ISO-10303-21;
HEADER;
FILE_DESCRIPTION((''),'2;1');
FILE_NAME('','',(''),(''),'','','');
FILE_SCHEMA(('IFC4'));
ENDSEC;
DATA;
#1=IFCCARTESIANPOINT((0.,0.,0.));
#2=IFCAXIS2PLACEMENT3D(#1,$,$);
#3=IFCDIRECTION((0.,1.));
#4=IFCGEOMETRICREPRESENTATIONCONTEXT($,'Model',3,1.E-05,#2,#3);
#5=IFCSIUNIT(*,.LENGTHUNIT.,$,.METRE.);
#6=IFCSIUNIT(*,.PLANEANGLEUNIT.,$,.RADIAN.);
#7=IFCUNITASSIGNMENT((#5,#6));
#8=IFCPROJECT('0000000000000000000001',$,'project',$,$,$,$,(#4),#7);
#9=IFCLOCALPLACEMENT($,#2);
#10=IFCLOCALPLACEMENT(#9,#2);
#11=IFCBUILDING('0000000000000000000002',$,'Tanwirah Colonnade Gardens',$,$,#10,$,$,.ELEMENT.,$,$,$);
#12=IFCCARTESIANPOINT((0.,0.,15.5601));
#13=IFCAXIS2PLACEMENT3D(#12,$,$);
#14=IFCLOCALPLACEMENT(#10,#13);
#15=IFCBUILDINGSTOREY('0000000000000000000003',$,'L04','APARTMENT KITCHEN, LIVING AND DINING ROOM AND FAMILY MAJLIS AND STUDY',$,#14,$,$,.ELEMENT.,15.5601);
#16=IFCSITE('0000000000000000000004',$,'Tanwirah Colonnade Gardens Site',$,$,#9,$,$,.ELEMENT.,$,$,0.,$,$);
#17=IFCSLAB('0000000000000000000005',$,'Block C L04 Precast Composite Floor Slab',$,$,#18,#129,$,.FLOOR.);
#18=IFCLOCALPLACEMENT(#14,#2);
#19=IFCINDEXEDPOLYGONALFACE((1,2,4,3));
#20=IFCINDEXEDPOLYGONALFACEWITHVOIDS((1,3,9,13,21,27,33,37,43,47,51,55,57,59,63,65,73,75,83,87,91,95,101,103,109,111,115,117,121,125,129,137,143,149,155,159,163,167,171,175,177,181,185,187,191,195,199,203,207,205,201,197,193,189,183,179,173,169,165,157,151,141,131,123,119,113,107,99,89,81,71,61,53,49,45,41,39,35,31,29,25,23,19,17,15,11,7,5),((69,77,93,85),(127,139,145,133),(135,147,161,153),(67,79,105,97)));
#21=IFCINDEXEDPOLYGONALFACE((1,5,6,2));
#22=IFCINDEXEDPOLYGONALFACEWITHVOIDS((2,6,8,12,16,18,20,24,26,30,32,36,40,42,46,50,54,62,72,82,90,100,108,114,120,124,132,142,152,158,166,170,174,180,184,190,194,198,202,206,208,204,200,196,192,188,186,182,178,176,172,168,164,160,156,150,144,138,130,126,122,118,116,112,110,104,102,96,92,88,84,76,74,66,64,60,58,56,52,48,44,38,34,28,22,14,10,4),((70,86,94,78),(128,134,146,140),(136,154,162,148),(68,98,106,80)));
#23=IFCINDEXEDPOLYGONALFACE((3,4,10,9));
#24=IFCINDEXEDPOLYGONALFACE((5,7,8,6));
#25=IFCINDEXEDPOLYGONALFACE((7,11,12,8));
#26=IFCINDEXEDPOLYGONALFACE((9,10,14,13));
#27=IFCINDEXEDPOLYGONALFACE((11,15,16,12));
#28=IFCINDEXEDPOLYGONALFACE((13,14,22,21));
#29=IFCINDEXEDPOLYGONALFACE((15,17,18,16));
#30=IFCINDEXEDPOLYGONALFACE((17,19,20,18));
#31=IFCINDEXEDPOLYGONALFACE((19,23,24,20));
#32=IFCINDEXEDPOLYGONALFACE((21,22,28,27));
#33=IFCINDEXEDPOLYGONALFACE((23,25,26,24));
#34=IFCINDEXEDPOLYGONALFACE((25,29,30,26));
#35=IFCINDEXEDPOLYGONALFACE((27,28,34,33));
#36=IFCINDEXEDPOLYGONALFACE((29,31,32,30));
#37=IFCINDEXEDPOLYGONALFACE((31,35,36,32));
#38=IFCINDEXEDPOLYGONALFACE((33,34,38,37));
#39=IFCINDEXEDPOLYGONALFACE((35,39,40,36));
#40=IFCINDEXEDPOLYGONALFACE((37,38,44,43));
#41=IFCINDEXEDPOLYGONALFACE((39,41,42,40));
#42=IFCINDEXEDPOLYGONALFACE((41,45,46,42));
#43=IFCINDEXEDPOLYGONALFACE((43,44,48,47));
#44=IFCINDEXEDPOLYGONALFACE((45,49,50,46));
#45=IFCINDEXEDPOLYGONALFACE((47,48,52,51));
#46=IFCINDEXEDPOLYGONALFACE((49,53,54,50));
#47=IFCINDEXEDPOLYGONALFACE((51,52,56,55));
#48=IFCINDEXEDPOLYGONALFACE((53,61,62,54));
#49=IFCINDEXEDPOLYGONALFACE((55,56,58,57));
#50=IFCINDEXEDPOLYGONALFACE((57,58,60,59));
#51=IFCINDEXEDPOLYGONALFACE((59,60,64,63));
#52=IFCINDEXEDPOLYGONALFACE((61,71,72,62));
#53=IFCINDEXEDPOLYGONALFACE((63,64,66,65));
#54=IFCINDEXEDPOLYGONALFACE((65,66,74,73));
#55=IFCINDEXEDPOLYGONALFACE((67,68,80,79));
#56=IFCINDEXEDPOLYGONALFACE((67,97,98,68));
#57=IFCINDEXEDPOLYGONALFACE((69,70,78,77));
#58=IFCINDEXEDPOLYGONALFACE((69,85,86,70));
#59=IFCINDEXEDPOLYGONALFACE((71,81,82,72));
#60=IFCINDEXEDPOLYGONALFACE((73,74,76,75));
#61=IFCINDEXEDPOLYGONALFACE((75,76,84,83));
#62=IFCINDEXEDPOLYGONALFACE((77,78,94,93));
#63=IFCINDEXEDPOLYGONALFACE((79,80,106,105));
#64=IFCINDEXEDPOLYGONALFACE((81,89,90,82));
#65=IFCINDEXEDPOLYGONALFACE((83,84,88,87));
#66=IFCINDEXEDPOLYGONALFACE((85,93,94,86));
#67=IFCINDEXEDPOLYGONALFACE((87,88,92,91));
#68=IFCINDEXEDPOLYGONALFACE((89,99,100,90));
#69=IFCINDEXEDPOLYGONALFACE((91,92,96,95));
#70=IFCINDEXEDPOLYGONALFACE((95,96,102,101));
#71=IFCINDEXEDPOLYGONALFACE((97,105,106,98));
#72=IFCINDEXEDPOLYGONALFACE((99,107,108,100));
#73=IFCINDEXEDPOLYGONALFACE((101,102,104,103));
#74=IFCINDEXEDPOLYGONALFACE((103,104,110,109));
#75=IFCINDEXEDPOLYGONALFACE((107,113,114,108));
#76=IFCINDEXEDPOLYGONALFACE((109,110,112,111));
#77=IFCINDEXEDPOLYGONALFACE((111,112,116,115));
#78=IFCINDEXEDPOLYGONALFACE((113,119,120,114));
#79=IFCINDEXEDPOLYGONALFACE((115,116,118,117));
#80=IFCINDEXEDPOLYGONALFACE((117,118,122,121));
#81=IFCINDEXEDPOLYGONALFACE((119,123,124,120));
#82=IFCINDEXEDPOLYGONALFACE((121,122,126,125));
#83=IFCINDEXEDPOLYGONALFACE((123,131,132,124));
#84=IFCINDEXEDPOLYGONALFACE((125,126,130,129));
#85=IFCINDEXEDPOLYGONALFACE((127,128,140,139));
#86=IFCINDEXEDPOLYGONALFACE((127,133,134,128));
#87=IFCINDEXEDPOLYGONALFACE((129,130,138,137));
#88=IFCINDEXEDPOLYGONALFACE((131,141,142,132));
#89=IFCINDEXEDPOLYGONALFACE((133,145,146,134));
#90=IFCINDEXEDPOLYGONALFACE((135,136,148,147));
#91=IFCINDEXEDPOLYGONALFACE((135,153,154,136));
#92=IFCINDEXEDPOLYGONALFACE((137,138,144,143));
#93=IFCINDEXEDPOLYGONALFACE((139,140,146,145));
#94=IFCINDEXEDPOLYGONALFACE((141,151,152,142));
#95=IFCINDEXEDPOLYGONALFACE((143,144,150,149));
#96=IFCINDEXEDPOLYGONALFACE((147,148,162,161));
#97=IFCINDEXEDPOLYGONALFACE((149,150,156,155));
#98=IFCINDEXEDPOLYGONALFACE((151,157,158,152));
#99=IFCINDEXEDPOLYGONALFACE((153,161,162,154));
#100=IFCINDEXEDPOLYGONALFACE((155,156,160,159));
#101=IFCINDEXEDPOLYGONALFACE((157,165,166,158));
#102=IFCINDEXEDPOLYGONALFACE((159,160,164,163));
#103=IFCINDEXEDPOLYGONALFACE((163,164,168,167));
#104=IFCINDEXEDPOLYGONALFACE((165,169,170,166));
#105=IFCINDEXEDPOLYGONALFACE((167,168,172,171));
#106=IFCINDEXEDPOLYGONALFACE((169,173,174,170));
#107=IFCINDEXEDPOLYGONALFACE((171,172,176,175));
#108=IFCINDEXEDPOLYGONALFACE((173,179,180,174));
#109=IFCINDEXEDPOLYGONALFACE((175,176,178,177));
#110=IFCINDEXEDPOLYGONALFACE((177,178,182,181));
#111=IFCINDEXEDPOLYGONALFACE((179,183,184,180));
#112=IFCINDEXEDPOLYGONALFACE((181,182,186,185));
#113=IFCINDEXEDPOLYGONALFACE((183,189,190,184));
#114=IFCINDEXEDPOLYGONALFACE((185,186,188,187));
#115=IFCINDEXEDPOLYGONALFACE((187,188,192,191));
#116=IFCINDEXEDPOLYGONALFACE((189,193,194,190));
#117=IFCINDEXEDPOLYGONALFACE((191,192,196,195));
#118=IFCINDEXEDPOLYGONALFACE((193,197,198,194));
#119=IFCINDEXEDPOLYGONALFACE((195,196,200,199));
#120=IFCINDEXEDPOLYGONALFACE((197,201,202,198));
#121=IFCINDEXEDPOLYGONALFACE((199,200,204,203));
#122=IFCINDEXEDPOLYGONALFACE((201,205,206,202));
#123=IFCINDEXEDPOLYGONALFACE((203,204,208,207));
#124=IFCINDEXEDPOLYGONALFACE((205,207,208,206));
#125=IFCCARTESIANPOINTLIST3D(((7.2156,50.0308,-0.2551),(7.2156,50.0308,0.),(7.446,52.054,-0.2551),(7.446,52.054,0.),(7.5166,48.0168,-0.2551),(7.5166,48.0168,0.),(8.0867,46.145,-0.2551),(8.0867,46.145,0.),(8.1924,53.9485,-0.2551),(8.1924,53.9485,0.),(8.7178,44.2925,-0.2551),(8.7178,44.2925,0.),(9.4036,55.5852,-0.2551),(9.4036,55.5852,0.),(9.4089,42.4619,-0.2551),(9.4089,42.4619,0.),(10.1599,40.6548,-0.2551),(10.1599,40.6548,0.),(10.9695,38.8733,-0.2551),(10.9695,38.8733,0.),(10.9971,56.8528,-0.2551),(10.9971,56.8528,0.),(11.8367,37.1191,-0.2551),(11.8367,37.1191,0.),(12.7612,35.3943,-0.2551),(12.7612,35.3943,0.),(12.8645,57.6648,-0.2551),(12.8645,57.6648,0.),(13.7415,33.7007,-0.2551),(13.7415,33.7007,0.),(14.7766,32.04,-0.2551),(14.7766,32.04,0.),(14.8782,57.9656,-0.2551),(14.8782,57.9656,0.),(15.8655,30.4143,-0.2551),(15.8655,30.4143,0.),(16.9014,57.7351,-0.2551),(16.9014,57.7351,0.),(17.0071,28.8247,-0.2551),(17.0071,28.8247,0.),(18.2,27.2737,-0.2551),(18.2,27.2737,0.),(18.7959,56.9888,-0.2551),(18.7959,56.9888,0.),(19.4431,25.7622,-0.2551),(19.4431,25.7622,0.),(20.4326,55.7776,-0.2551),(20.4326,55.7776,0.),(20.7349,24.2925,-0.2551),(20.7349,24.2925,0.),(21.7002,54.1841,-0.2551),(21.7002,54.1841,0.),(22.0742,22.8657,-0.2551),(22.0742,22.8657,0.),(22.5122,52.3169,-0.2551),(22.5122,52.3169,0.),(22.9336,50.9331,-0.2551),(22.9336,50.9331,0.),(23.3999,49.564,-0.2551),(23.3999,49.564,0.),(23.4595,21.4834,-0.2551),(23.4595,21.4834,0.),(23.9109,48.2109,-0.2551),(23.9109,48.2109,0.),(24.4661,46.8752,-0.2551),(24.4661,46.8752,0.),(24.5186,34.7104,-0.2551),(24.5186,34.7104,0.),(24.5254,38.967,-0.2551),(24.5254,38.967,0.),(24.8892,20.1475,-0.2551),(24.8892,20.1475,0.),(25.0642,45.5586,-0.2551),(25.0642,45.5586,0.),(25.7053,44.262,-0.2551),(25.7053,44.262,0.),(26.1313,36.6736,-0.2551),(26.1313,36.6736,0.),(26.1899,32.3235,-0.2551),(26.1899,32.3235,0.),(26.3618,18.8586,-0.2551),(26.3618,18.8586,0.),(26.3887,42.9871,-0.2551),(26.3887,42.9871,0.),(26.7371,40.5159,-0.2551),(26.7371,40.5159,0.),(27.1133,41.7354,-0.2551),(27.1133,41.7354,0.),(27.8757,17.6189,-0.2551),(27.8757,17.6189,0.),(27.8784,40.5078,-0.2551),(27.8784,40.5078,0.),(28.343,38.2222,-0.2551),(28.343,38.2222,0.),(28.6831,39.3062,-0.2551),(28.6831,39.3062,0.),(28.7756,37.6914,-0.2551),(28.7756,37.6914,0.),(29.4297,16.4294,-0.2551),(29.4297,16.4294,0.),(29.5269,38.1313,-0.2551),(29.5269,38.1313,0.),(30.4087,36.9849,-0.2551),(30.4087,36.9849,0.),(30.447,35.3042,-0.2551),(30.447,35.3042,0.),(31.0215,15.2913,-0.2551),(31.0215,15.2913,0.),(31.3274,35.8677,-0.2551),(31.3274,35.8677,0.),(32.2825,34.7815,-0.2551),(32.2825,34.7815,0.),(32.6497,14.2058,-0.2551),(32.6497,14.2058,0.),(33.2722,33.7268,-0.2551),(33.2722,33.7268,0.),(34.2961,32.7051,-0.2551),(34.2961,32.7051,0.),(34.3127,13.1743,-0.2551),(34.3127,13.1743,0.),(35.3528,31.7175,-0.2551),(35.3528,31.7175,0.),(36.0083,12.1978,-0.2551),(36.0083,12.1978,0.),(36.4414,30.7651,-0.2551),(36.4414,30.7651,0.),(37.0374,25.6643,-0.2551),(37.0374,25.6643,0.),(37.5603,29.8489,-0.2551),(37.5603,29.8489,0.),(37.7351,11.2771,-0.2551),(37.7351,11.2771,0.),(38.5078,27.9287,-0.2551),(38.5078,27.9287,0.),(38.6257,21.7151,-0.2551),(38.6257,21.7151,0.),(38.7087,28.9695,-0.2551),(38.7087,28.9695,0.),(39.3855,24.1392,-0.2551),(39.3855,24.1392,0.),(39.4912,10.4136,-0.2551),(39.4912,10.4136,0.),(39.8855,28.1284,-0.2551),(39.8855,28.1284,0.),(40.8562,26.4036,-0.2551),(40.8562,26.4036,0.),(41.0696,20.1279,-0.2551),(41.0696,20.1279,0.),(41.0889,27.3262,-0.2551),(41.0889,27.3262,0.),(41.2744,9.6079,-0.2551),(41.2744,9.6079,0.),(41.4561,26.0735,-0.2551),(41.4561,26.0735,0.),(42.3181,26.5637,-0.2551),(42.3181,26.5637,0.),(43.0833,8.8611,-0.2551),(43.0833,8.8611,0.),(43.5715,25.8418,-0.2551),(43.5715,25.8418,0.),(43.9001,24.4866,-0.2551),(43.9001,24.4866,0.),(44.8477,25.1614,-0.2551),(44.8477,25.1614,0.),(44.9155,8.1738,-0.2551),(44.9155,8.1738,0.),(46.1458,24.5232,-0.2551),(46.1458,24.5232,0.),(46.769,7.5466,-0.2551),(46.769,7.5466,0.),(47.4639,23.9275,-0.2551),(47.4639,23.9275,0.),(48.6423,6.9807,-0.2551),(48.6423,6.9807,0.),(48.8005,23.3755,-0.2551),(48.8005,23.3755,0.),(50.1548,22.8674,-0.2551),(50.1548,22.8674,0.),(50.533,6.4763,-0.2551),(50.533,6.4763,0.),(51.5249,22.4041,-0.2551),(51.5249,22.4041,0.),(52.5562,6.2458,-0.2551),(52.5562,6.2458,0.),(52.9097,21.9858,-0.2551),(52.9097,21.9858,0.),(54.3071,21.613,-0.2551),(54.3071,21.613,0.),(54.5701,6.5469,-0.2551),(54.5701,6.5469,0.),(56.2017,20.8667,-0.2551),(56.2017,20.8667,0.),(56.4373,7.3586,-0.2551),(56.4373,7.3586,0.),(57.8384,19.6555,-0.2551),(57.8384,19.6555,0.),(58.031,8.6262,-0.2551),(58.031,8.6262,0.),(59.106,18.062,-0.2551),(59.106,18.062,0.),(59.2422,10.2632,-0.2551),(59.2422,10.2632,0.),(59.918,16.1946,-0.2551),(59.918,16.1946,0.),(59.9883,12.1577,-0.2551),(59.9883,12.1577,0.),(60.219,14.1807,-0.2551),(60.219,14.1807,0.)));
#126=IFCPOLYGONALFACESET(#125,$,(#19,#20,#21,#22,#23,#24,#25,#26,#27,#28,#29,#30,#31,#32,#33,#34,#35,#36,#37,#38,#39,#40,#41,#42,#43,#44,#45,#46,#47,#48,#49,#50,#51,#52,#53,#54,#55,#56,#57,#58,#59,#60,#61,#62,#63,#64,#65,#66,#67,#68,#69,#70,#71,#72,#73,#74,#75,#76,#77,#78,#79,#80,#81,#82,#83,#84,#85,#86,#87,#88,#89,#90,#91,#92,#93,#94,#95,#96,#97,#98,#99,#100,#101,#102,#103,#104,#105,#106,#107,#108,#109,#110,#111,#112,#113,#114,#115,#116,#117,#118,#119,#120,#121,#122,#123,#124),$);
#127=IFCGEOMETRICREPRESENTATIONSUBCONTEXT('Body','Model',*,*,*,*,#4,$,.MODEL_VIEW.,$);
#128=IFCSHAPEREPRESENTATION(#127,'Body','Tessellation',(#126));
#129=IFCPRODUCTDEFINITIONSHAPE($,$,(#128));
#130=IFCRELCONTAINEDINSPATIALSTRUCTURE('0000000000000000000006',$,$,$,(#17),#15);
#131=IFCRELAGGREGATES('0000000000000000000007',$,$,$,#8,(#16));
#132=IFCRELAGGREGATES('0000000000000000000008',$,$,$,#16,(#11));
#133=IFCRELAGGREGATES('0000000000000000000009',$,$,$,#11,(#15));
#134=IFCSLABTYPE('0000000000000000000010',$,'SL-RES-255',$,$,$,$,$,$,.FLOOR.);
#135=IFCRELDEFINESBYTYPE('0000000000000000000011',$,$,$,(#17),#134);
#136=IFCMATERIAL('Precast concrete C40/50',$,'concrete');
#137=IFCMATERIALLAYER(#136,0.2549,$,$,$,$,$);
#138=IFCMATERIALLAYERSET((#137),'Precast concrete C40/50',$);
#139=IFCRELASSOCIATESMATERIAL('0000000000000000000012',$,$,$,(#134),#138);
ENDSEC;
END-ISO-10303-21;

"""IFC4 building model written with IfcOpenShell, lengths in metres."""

from ifc_helpers import new_model, si_unit, direction, frame, origin, place, context, subcontext, project, spatial, polyline, outline, extrude, material, layer, layer_set, type_object, element, save


model = new_model("IFC4")

# Units and contexts
model_context = context("Model", 3, precision=1e-05, world=origin(), true_north=direction((0.0, 1.0)))
body_context = subcontext(model_context, "Body", "Model", "MODEL_VIEW")
ifc_project = project(units=[si_unit("LENGTHUNIT", "METRE"), si_unit("PLANEANGLEUNIT", "RADIAN")], contexts=[model_context])

# Site, building, storey
site_placement = place(None, origin())
site = spatial("IfcSite", under=ifc_project, at=site_placement, Name="Tanwirah Colonnade Gardens Site", CompositionType="ELEMENT", RefElevation=0.0)
building_placement = place(site_placement, origin())
building = spatial("IfcBuilding", under=site, at=building_placement, Name="Tanwirah Colonnade Gardens", CompositionType="ELEMENT")
storey_placement = place(building_placement, frame((0.0, 0.0, 15.5601)))
storey = spatial("IfcBuildingStorey", under=building, at=storey_placement, Name="L04", Description="APARTMENT KITCHEN, LIVING AND DINING ROOM AND FAMILY MAJLIS AND STUDY", CompositionType="ELEMENT", Elevation=15.5601)

# Shared definitions
ifc_material_1 = material(Name="Precast concrete C40/50", Category="concrete")

# Slab
ifc_layer_1 = layer(ifc_material_1, 0.2549)
ifc_layer_set_1 = layer_set([ifc_layer_1], Name="Precast concrete C40/50")
slab_type_1 = type_object("IfcSlabType", Name="SL-RES-255", PredefinedType="FLOOR", material=ifc_layer_set_1)
slab_1_placement = place(storey_placement, frame((0.0, 0.0, -0.2551)))
element("IfcSlab", 1, at=slab_1_placement, inside=storey, type_object=slab_type_1, Name="Block C L04 Precast Composite Floor Slab", PredefinedType="FLOOR", context=body_context, shape_type="SweptSolid", body=[
    extrude(outline(polyline([(23.3999, 49.564), (22.9336, 50.9331), (22.5122, 52.3169), (21.7002, 54.1841), (20.4326, 55.7776), (18.7959, 56.9888), (16.9014, 57.7351), (14.8782, 57.9656), (12.8645, 57.6648), (10.9971, 56.8528), (9.4036, 55.5852), (8.1924, 53.9485), (7.446, 52.054), (7.2156, 50.0308), (7.5166, 48.0168), (8.0867, 46.145), (8.7178, 44.2925), (9.4089, 42.4619), (10.1599, 40.6548), (10.9695, 38.8733), (11.8367, 37.1191), (12.7612, 35.3943), (13.7415, 33.7007), (14.7766, 32.04), (15.8655, 30.4143), (17.0071, 28.8247), (18.2, 27.2737), (19.4431, 25.7622), (20.7349, 24.2925), (22.0742, 22.8657), (23.4595, 21.4834), (24.8892, 20.1475), (26.3618, 18.8586), (27.8757, 17.6189), (29.4297, 16.4294), (31.0215, 15.2913), (32.6497, 14.2058), (34.3127, 13.1743), (36.0083, 12.1978), (37.7351, 11.2771), (39.4912, 10.4136), (41.2744, 9.6079), (43.0833, 8.8611), (44.9155, 8.1738), (46.769, 7.5466), (48.6423, 6.9807), (50.533, 6.4763), (52.5562, 6.2458), (54.5701, 6.5469), (56.4373, 7.3586), (58.031, 8.6262), (59.2422, 10.2632), (59.9883, 12.1577), (60.219, 14.1807), (59.918, 16.1946), (59.106, 18.062), (57.8384, 19.6555), (56.2017, 20.8667), (54.3071, 21.613), (52.9097, 21.9858), (51.5249, 22.4041), (50.1548, 22.8674), (48.8005, 23.3755), (47.4639, 23.9275), (46.1458, 24.5232), (44.8477, 25.1614), (43.5715, 25.8418), (42.3181, 26.5637), (41.0889, 27.3262), (39.8855, 28.1284), (38.7087, 28.9695), (37.5603, 29.8489), (36.4414, 30.7651), (35.3528, 31.7175), (34.2961, 32.7051), (33.2722, 33.7268), (32.2825, 34.7815), (31.3274, 35.8677), (30.4087, 36.9849), (29.5269, 38.1313), (28.6831, 39.3062), (27.8784, 40.5078), (27.1133, 41.7354), (26.3887, 42.9871), (25.7053, 44.262), (25.0642, 45.5586), (24.4661, 46.8752), (23.9109, 48.2109), (23.3999, 49.564)]), holes=[polyline([(24.5186, 34.7104), (28.7756, 37.6914), (30.447, 35.3042), (26.1899, 32.3235), (24.5186, 34.7104)]), polyline([(26.7371, 40.5159), (28.343, 38.2222), (26.1313, 36.6736), (24.5254, 38.967), (26.7371, 40.5159)]), polyline([(43.9001, 24.4866), (41.0696, 20.1279), (38.6257, 21.7151), (41.4561, 26.0735), (43.9001, 24.4866)]), polyline([(39.3855, 24.1392), (37.0374, 25.6643), (38.5078, 27.9287), (40.8562, 26.4036), (39.3855, 24.1392)])]), origin(), (0.0, 0.0, 1.0), 0.2551),
])

save(model, "model.ifc")
